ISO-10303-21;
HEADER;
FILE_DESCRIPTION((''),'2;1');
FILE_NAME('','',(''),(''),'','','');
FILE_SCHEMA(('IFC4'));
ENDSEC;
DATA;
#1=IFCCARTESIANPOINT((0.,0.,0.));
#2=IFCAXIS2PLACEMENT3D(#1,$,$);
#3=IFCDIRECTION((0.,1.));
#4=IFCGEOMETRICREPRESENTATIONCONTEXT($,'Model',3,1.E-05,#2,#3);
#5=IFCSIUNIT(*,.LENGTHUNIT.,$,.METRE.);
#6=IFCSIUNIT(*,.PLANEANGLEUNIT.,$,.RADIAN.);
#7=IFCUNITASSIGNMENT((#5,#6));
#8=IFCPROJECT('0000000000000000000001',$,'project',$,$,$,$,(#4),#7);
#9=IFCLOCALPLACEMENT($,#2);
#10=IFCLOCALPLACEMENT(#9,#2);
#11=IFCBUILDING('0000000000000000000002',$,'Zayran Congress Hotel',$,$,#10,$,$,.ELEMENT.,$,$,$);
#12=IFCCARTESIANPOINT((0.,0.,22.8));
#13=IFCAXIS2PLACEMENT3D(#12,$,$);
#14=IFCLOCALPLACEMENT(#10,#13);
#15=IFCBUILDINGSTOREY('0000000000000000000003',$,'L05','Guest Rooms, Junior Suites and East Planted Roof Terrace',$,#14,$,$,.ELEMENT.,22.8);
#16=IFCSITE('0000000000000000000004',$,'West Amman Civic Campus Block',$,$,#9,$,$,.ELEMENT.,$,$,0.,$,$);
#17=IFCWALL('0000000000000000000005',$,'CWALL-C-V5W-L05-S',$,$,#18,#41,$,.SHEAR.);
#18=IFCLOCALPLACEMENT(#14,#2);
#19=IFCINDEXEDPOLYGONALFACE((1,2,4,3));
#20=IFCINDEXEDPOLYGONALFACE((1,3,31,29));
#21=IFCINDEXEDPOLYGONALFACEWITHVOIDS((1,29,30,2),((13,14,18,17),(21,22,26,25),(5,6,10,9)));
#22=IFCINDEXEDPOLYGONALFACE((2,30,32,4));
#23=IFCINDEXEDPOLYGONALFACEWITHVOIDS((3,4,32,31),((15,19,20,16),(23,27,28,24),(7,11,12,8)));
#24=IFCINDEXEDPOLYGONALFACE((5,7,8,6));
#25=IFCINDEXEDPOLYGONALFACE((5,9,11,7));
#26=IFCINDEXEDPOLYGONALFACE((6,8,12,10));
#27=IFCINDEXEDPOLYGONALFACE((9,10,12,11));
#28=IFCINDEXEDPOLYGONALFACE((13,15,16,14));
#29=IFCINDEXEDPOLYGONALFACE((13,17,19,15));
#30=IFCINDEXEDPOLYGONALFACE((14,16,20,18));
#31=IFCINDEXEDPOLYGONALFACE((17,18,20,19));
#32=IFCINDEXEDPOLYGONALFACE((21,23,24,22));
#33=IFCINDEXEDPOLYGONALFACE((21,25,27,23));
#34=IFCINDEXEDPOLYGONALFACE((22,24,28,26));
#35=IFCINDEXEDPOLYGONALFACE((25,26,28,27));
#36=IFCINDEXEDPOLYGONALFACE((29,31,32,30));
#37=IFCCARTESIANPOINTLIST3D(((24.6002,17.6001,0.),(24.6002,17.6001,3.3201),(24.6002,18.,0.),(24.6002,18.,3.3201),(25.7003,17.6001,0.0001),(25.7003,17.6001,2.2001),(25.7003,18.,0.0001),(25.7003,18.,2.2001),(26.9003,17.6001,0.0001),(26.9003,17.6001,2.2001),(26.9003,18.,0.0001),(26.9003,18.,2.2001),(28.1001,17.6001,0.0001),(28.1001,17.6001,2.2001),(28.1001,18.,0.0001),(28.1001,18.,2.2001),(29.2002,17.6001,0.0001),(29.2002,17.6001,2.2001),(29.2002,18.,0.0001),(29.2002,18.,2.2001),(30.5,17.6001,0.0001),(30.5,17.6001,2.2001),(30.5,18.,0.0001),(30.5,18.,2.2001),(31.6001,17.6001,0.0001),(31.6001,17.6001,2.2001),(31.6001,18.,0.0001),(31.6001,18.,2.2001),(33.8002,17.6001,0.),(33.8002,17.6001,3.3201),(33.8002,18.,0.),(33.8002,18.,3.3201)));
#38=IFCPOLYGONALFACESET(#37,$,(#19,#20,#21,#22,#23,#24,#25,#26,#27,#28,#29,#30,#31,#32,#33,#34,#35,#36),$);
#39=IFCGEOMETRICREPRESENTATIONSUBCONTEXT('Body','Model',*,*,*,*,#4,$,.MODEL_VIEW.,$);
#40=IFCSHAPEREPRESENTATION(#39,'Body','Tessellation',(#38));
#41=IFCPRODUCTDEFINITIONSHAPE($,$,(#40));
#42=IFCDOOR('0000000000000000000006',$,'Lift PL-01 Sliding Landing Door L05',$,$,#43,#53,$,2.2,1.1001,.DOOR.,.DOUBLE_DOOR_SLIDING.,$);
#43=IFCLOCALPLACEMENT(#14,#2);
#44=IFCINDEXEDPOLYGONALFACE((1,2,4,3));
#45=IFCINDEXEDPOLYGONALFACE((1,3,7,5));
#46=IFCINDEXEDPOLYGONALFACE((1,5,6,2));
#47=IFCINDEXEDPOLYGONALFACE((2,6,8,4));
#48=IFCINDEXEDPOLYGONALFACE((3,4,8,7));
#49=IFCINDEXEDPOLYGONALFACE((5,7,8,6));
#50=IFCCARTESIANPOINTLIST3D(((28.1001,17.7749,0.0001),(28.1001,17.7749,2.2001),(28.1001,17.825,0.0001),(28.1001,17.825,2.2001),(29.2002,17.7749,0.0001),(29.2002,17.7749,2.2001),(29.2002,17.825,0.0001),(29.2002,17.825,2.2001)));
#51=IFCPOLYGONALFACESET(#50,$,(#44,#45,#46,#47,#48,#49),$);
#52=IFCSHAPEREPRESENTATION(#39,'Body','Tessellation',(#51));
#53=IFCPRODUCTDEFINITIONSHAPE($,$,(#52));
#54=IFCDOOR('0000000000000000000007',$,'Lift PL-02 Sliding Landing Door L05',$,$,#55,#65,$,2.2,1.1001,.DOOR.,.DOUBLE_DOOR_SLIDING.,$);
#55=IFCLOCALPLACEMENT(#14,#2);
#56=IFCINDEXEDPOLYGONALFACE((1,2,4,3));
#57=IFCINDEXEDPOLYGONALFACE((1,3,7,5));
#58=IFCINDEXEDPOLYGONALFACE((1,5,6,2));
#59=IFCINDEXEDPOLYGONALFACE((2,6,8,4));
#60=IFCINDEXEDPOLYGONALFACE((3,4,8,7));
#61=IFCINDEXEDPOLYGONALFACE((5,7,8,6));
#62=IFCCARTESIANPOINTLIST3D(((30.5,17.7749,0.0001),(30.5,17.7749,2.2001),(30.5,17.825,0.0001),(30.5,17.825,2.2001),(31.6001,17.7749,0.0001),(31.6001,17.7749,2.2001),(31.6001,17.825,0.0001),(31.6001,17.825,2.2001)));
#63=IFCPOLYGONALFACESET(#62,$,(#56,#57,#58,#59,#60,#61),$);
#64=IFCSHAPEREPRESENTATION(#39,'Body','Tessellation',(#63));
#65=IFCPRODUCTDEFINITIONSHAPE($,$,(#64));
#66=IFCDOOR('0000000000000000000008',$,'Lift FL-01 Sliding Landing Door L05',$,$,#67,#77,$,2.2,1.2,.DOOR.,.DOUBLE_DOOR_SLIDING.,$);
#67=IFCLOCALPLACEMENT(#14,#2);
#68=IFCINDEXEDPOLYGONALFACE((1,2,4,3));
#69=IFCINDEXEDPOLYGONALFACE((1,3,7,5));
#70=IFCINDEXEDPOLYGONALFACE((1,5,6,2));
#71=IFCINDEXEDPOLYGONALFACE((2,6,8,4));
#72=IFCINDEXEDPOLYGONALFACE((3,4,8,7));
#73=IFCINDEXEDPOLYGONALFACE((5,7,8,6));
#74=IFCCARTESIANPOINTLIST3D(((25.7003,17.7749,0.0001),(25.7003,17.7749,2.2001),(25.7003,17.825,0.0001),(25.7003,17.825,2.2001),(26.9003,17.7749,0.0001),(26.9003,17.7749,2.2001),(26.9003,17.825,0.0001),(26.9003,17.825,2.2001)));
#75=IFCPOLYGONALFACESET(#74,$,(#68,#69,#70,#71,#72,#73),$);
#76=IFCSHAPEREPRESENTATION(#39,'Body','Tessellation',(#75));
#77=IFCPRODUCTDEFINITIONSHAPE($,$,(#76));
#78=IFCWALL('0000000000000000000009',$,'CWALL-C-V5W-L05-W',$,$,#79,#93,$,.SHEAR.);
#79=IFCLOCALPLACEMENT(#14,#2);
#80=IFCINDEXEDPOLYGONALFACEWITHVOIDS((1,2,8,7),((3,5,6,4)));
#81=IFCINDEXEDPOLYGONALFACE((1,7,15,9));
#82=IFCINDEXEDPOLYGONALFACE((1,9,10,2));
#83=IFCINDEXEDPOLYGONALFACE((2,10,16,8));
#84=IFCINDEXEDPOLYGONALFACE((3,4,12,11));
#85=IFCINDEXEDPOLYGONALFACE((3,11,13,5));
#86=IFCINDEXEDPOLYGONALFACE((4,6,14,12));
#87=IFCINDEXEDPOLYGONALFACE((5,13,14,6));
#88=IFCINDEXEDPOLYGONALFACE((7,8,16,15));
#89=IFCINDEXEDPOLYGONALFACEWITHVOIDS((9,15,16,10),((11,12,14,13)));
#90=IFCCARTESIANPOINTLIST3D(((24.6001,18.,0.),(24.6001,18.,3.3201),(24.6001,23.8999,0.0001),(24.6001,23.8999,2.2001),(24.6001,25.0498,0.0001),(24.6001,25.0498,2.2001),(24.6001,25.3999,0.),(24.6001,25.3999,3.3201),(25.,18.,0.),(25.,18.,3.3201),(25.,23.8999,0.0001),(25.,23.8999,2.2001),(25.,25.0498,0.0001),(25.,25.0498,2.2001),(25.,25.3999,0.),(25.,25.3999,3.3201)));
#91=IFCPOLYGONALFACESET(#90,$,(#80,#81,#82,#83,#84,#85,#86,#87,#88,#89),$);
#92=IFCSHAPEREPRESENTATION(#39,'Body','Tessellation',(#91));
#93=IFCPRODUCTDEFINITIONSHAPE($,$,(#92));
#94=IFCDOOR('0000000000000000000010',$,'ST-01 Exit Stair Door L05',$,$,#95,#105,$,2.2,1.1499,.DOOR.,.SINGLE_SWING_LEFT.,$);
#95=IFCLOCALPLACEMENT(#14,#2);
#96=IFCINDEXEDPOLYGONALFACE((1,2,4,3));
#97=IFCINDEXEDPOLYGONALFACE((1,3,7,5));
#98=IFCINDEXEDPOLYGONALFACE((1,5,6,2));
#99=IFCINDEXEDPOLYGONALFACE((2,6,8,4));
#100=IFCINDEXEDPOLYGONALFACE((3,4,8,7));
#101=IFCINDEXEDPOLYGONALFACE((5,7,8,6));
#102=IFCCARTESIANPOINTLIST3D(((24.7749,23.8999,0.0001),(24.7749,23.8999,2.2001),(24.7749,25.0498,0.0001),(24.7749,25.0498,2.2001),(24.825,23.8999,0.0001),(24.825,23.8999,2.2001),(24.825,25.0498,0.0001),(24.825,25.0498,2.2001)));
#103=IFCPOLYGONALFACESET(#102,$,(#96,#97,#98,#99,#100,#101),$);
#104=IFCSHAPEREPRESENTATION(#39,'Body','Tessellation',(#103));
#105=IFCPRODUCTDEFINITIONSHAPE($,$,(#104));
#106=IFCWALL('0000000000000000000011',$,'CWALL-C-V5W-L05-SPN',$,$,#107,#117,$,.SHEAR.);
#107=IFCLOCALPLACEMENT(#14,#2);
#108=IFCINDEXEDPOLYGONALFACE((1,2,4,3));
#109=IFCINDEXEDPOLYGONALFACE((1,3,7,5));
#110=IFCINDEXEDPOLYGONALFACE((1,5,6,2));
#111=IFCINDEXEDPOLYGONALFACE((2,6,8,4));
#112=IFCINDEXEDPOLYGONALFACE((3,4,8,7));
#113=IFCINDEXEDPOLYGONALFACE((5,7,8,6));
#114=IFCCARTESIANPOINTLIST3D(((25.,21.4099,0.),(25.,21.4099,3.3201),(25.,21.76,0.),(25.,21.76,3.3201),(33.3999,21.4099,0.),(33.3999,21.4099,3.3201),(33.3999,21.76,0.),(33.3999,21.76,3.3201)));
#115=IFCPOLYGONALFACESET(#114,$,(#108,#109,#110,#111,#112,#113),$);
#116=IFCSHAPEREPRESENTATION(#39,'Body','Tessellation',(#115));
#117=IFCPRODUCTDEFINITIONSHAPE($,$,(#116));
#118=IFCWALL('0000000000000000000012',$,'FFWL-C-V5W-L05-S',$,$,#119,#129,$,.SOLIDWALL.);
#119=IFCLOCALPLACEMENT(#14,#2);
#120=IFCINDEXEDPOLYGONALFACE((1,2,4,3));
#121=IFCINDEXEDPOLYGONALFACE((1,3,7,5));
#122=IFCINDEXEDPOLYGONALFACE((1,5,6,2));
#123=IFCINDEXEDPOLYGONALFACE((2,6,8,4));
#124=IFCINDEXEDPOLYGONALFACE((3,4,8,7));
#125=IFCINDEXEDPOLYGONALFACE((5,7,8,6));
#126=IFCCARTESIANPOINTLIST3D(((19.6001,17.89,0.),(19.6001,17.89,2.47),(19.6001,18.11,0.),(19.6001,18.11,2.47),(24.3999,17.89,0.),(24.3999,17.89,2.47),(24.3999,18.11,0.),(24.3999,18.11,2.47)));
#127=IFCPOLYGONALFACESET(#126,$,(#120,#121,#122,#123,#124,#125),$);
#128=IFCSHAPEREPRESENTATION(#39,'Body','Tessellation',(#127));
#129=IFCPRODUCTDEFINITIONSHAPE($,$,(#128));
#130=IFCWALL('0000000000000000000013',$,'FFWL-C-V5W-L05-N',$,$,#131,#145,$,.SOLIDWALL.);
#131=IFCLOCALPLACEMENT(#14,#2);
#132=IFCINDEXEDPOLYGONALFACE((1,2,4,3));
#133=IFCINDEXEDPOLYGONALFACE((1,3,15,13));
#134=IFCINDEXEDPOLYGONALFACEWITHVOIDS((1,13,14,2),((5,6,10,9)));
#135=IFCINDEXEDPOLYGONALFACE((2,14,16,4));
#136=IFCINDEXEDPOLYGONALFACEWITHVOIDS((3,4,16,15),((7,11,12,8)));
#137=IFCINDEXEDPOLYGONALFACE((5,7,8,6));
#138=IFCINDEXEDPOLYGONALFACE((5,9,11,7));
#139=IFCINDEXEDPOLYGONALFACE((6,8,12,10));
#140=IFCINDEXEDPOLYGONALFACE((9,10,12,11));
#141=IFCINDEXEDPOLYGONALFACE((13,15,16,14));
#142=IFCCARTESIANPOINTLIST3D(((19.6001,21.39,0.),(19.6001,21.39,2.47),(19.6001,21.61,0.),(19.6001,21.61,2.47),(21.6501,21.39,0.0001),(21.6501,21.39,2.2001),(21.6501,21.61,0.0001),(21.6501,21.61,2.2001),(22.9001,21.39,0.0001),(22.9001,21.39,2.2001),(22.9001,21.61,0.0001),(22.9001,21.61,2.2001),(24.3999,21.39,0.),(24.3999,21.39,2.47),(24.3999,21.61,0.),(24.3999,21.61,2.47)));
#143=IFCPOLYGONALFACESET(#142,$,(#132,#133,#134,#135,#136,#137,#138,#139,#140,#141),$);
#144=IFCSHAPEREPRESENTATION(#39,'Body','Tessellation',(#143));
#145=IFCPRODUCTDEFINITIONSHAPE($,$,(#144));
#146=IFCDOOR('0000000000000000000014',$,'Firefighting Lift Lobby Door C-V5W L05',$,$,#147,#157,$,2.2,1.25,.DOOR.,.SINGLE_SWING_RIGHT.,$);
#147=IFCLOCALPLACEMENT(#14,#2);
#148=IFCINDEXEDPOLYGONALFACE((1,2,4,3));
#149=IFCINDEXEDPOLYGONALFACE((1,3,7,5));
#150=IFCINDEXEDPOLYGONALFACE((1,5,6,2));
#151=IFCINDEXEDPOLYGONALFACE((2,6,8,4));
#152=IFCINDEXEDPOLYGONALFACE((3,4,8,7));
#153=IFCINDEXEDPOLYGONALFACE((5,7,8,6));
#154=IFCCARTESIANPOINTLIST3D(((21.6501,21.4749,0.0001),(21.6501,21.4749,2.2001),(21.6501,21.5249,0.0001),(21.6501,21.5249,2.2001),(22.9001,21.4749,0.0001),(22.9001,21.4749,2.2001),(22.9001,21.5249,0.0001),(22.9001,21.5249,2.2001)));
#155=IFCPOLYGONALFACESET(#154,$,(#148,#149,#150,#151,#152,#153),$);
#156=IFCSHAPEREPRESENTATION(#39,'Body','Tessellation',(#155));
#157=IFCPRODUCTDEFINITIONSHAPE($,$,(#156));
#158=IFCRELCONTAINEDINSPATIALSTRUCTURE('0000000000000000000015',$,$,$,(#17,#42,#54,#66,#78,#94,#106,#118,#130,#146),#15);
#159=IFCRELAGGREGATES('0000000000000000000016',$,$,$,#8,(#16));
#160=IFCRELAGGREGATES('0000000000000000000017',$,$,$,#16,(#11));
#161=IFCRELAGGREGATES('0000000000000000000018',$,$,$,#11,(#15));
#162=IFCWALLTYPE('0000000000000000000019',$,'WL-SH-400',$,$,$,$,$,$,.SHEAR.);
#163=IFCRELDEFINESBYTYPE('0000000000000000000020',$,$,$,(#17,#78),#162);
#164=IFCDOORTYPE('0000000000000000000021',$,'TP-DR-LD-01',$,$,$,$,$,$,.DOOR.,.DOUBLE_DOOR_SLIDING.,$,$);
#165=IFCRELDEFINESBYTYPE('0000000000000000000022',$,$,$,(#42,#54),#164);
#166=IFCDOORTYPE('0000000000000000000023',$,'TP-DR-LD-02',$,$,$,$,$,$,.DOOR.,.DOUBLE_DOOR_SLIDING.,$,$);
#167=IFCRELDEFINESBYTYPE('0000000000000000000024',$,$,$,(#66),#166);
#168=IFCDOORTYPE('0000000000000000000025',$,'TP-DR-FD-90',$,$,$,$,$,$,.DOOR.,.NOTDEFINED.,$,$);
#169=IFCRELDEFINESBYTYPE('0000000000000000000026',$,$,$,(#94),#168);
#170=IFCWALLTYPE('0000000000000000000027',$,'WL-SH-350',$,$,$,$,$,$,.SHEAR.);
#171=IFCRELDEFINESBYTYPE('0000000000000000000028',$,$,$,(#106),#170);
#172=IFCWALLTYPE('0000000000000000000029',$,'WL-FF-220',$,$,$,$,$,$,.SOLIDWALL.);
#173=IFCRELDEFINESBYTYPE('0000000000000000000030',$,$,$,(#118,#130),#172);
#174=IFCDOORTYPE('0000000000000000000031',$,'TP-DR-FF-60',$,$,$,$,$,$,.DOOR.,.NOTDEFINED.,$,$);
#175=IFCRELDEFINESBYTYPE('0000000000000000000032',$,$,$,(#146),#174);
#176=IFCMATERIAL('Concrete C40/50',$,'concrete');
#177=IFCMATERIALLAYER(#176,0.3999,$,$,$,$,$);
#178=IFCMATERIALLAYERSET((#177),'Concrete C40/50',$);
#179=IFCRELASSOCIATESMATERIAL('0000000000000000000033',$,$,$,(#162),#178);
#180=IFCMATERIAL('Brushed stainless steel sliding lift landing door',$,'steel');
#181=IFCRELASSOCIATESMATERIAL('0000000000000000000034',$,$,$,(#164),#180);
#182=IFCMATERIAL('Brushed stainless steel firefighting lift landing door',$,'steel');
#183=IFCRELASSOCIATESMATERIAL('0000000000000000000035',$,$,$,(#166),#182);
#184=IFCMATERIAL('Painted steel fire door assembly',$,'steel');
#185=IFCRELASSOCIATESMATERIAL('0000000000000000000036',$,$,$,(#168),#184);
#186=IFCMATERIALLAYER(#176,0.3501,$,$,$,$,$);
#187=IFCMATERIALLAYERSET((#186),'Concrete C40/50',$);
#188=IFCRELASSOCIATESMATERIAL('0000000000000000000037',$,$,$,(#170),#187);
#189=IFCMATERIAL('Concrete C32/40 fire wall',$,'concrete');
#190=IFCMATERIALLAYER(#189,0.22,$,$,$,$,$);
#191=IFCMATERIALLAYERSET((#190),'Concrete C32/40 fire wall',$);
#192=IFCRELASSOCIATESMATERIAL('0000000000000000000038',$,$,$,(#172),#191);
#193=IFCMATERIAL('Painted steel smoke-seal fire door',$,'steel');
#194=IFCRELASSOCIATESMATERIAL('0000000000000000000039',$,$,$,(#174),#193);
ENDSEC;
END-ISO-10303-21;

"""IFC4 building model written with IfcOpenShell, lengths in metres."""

from ifc_helpers import new_model, si_unit, direction, frame, frame_2d, origin, place, context, subcontext, project, spatial, rectangle, extrude, material, layer, layer_set, type_object, element, fill, save


model = new_model("IFC4")

# Units and contexts
model_context = context("Model", 3, precision=1e-05, world=origin(), true_north=direction((0.0, 1.0)))
body_context = subcontext(model_context, "Body", "Model", "MODEL_VIEW")
ifc_project = project(units=[si_unit("LENGTHUNIT", "METRE"), si_unit("PLANEANGLEUNIT", "RADIAN")], contexts=[model_context])

# Site, building, storey
site_placement = place(None, origin())
site = spatial("IfcSite", under=ifc_project, at=site_placement, Name="West Amman Civic Campus Block", CompositionType="ELEMENT", RefElevation=0.0)
building_placement = place(site_placement, origin())
building = spatial("IfcBuilding", under=site, at=building_placement, Name="Zayran Congress Hotel", CompositionType="ELEMENT")
storey_placement = place(building_placement, frame((0.0, 0.0, 22.8)))
storey = spatial("IfcBuildingStorey", under=building, at=storey_placement, Name="L05", Description="Guest Rooms, Junior Suites and East Planted Roof Terrace", CompositionType="ELEMENT", Elevation=22.8)

# Wall, openings, doors
ifc_material_1 = material(Name="Concrete C40/50", Category="concrete")
ifc_layer_1 = layer(ifc_material_1, 0.3999)
ifc_layer_set_1 = layer_set([ifc_layer_1], Name="Concrete C40/50")
wall_type_1 = type_object("IfcWallType", Name="WL-SH-400", PredefinedType="SHEAR", material=ifc_layer_set_1)
wall_1_placement = place(storey_placement, frame((24.6001, 17.8, 0.0), z_axis=(0.0, 0.0, 1.0), x_axis=(1.0, 0.0, 0.0)))
wall_1 = element("IfcWall", 1, at=wall_1_placement, inside=storey, type_object=wall_type_1, Name="CWALL-C-V5W-L05-S", PredefinedType="SHEAR", context=body_context, shape_type="SweptSolid", body=[
    extrude(rectangle(XDim=9.2, YDim=0.3999, at=frame_2d((4.6001, 0.0))), origin(), (0.0, 0.0, 1.0), 3.3201),
])
opening_1_placement = place(wall_1_placement, frame((1.1001, 0.0, 0.0)))
opening_1 = element("IfcOpeningElement", 2, at=opening_1_placement, cuts=wall_1, PredefinedType="OPENING", context=body_context, shape_type="SweptSolid", body=[
    extrude(rectangle(XDim=1.2, YDim=2.2, at=frame_2d((0.6001, 1.1001))), frame((0.0, 0.21, 0.0), z_axis=(0.0, -1.0, 0.0), x_axis=(1.0, 0.0, 0.0)), (0.0, 0.0, 1.0), 0.4199),
])
opening_2_placement = place(wall_1_placement, frame((3.5, 0.0, 0.0)))
opening_2 = element("IfcOpeningElement", 3, at=opening_2_placement, cuts=wall_1, PredefinedType="OPENING", context=body_context, shape_type="SweptSolid", body=[
    extrude(rectangle(XDim=1.1001, YDim=2.2, at=frame_2d((0.55, 1.1001))), frame((0.0, 0.21, 0.0), z_axis=(0.0, -1.0, 0.0), x_axis=(1.0, 0.0, 0.0)), (0.0, 0.0, 1.0), 0.4199),
])
opening_3_placement = place(wall_1_placement, frame((5.8999, 0.0, 0.0)))
opening_3 = element("IfcOpeningElement", 4, at=opening_3_placement, cuts=wall_1, PredefinedType="OPENING", context=body_context, shape_type="SweptSolid", body=[
    extrude(rectangle(XDim=1.1001, YDim=2.2, at=frame_2d((0.55, 1.1001))), frame((0.0, 0.21, 0.0), z_axis=(0.0, -1.0, 0.0), x_axis=(1.0, 0.0, 0.0)), (0.0, 0.0, 1.0), 0.4199),
])
ifc_material_2 = material(Name="Brushed stainless steel sliding lift landing door", Category="steel")
door_type_1 = type_object("IfcDoorType", Name="TP-DR-LD-01", OperationType="DOUBLE_DOOR_SLIDING", PredefinedType="DOOR", material=ifc_material_2)
door_1_placement = place(opening_2_placement, origin())
door_1 = element("IfcDoor", 5, at=door_1_placement, inside=storey, type_object=door_type_1, Name="Lift PL-01 Sliding Landing Door L05", OperationType="DOUBLE_DOOR_SLIDING", OverallHeight=2.2, OverallWidth=1.1001, PredefinedType="DOOR", context=body_context, shape_type="SweptSolid", body=[
    extrude(rectangle(XDim=1.1001, YDim=2.2, at=frame_2d((0.55, 1.1001))), frame((0.0, 0.0249, 0.0), z_axis=(0.0, -1.0, 0.0), x_axis=(1.0, 0.0, 0.0)), (0.0, 0.0, 1.0), 0.05),
])
fill(opening_2, door_1)
door_2_placement = place(opening_3_placement, origin())
door_2 = element("IfcDoor", 6, at=door_2_placement, inside=storey, type_object=door_type_1, Name="Lift PL-02 Sliding Landing Door L05", OperationType="DOUBLE_DOOR_SLIDING", OverallHeight=2.2, OverallWidth=1.1001, PredefinedType="DOOR", context=body_context, shape_type="SweptSolid", body=[
    extrude(rectangle(XDim=1.1001, YDim=2.2, at=frame_2d((0.55, 1.1001))), frame((0.0, 0.0249, 0.0), z_axis=(0.0, -1.0, 0.0), x_axis=(1.0, 0.0, 0.0)), (0.0, 0.0, 1.0), 0.05),
])
fill(opening_3, door_2)
ifc_material_3 = material(Name="Brushed stainless steel firefighting lift landing door", Category="steel")
door_type_2 = type_object("IfcDoorType", Name="TP-DR-LD-02", OperationType="DOUBLE_DOOR_SLIDING", PredefinedType="DOOR", material=ifc_material_3)
door_3_placement = place(opening_1_placement, origin())
door_3 = element("IfcDoor", 7, at=door_3_placement, inside=storey, type_object=door_type_2, Name="Lift FL-01 Sliding Landing Door L05", OperationType="DOUBLE_DOOR_SLIDING", OverallHeight=2.2, OverallWidth=1.2, PredefinedType="DOOR", context=body_context, shape_type="SweptSolid", body=[
    extrude(rectangle(XDim=1.2, YDim=2.2, at=frame_2d((0.6001, 1.1001))), frame((0.0, 0.0249, 0.0), z_axis=(0.0, -1.0, 0.0), x_axis=(1.0, 0.0, 0.0)), (0.0, 0.0, 1.0), 0.05),
])
fill(opening_1, door_3)

# Wall, opening, door
wall_2_placement = place(storey_placement, frame((24.8, 25.3999, 0.0), z_axis=(0.0, 0.0, 1.0), x_axis=(0.0, -1.0, 0.0)))
wall_2 = element("IfcWall", 8, at=wall_2_placement, inside=storey, type_object=wall_type_1, Name="CWALL-C-V5W-L05-W", PredefinedType="SHEAR", context=body_context, shape_type="SweptSolid", body=[
    extrude(rectangle(XDim=7.3999, YDim=0.3999, at=frame_2d((3.7, 0.0))), origin(), (0.0, 0.0, 1.0), 3.3201),
])
opening_4_placement = place(wall_2_placement, frame((0.3501, 0.0, 0.0)))
opening_4 = element("IfcOpeningElement", 9, at=opening_4_placement, cuts=wall_2, PredefinedType="OPENING", context=body_context, shape_type="SweptSolid", body=[
    extrude(rectangle(XDim=1.1499, YDim=2.2, at=frame_2d((0.575, 1.1001))), frame((0.0, 0.21, 0.0), z_axis=(0.0, -1.0, 0.0), x_axis=(1.0, 0.0, 0.0)), (0.0, 0.0, 1.0), 0.4199),
])
ifc_material_4 = material(Name="Painted steel fire door assembly", Category="steel")
door_type_3 = type_object("IfcDoorType", Name="TP-DR-FD-90", OperationType="NOTDEFINED", PredefinedType="DOOR", material=ifc_material_4)
door_4_placement = place(opening_4_placement, origin())
door_4 = element("IfcDoor", 10, at=door_4_placement, inside=storey, type_object=door_type_3, Name="ST-01 Exit Stair Door L05", OperationType="SINGLE_SWING_LEFT", OverallHeight=2.2, OverallWidth=1.1499, PredefinedType="DOOR", context=body_context, shape_type="SweptSolid", body=[
    extrude(rectangle(XDim=1.1499, YDim=2.2, at=frame_2d((0.575, 1.1001))), frame((0.0, 0.0249, 0.0), z_axis=(0.0, -1.0, 0.0), x_axis=(1.0, 0.0, 0.0)), (0.0, 0.0, 1.0), 0.05),
])
fill(opening_4, door_4)

# Walls
ifc_layer_2 = layer(ifc_material_1, 0.3501)
ifc_layer_set_2 = layer_set([ifc_layer_2], Name="Concrete C40/50")
wall_type_2 = type_object("IfcWallType", Name="WL-SH-350", PredefinedType="SHEAR", material=ifc_layer_set_2)
wall_3_placement = place(storey_placement, frame((25.0, 21.585, 0.0), z_axis=(0.0, 0.0, 1.0), x_axis=(1.0, 0.0, 0.0)))
element("IfcWall", 11, at=wall_3_placement, inside=storey, type_object=wall_type_2, Name="CWALL-C-V5W-L05-SPN", PredefinedType="SHEAR", context=body_context, shape_type="SweptSolid", body=[
    extrude(rectangle(XDim=8.3999, YDim=0.3501, at=frame_2d((4.2, 0.0))), origin(), (0.0, 0.0, 1.0), 3.3201),
])
ifc_material_5 = material(Name="Concrete C32/40 fire wall", Category="concrete")
ifc_layer_3 = layer(ifc_material_5, 0.22)
ifc_layer_set_3 = layer_set([ifc_layer_3], Name="Concrete C32/40 fire wall")
wall_type_3 = type_object("IfcWallType", Name="WL-FF-220", PredefinedType="SOLIDWALL", material=ifc_layer_set_3)
wall_4_placement = place(storey_placement, frame((19.6001, 18.0, 0.0), z_axis=(0.0, 0.0, 1.0), x_axis=(1.0, 0.0, 0.0)))
element("IfcWall", 12, at=wall_4_placement, inside=storey, type_object=wall_type_3, Name="FFWL-C-V5W-L05-S", PredefinedType="SOLIDWALL", context=body_context, shape_type="SweptSolid", body=[
    extrude(rectangle(XDim=4.7998, YDim=0.22, at=frame_2d((2.3999, 0.0))), origin(), (0.0, 0.0, 1.0), 2.47),
])

# Wall, opening, door
wall_5_placement = place(storey_placement, frame((19.6001, 21.5, 0.0), z_axis=(0.0, 0.0, 1.0), x_axis=(1.0, 0.0, 0.0)))
wall_5 = element("IfcWall", 13, at=wall_5_placement, inside=storey, type_object=wall_type_3, Name="FFWL-C-V5W-L05-N", PredefinedType="SOLIDWALL", context=body_context, shape_type="SweptSolid", body=[
    extrude(rectangle(XDim=4.7998, YDim=0.22, at=frame_2d((2.3999, 0.0))), origin(), (0.0, 0.0, 1.0), 2.47),
])
opening_5_placement = place(wall_5_placement, frame((2.05, 0.0, 0.0)))
opening_5 = element("IfcOpeningElement", 14, at=opening_5_placement, cuts=wall_5, PredefinedType="OPENING", context=body_context, shape_type="SweptSolid", body=[
    extrude(rectangle(XDim=1.25, YDim=2.2, at=frame_2d((0.625, 1.1001))), frame((0.0, 0.1199, 0.0), z_axis=(0.0, -1.0, 0.0), x_axis=(1.0, 0.0, 0.0)), (0.0, 0.0, 1.0), 0.24),
])
ifc_material_6 = material(Name="Painted steel smoke-seal fire door", Category="steel")
door_type_4 = type_object("IfcDoorType", Name="TP-DR-FF-60", OperationType="NOTDEFINED", PredefinedType="DOOR", material=ifc_material_6)
door_5_placement = place(opening_5_placement, origin())
door_5 = element("IfcDoor", 15, at=door_5_placement, inside=storey, type_object=door_type_4, Name="Firefighting Lift Lobby Door C-V5W L05", OperationType="SINGLE_SWING_RIGHT", OverallHeight=2.2, OverallWidth=1.25, PredefinedType="DOOR", context=body_context, shape_type="SweptSolid", body=[
    extrude(rectangle(XDim=1.25, YDim=2.2, at=frame_2d((0.625, 1.1001))), frame((0.0, 0.0249, 0.0), z_axis=(0.0, -1.0, 0.0), x_axis=(1.0, 0.0, 0.0)), (0.0, 0.0, 1.0), 0.05),
])
fill(opening_5, door_5)

save(model, "model.ifc")
